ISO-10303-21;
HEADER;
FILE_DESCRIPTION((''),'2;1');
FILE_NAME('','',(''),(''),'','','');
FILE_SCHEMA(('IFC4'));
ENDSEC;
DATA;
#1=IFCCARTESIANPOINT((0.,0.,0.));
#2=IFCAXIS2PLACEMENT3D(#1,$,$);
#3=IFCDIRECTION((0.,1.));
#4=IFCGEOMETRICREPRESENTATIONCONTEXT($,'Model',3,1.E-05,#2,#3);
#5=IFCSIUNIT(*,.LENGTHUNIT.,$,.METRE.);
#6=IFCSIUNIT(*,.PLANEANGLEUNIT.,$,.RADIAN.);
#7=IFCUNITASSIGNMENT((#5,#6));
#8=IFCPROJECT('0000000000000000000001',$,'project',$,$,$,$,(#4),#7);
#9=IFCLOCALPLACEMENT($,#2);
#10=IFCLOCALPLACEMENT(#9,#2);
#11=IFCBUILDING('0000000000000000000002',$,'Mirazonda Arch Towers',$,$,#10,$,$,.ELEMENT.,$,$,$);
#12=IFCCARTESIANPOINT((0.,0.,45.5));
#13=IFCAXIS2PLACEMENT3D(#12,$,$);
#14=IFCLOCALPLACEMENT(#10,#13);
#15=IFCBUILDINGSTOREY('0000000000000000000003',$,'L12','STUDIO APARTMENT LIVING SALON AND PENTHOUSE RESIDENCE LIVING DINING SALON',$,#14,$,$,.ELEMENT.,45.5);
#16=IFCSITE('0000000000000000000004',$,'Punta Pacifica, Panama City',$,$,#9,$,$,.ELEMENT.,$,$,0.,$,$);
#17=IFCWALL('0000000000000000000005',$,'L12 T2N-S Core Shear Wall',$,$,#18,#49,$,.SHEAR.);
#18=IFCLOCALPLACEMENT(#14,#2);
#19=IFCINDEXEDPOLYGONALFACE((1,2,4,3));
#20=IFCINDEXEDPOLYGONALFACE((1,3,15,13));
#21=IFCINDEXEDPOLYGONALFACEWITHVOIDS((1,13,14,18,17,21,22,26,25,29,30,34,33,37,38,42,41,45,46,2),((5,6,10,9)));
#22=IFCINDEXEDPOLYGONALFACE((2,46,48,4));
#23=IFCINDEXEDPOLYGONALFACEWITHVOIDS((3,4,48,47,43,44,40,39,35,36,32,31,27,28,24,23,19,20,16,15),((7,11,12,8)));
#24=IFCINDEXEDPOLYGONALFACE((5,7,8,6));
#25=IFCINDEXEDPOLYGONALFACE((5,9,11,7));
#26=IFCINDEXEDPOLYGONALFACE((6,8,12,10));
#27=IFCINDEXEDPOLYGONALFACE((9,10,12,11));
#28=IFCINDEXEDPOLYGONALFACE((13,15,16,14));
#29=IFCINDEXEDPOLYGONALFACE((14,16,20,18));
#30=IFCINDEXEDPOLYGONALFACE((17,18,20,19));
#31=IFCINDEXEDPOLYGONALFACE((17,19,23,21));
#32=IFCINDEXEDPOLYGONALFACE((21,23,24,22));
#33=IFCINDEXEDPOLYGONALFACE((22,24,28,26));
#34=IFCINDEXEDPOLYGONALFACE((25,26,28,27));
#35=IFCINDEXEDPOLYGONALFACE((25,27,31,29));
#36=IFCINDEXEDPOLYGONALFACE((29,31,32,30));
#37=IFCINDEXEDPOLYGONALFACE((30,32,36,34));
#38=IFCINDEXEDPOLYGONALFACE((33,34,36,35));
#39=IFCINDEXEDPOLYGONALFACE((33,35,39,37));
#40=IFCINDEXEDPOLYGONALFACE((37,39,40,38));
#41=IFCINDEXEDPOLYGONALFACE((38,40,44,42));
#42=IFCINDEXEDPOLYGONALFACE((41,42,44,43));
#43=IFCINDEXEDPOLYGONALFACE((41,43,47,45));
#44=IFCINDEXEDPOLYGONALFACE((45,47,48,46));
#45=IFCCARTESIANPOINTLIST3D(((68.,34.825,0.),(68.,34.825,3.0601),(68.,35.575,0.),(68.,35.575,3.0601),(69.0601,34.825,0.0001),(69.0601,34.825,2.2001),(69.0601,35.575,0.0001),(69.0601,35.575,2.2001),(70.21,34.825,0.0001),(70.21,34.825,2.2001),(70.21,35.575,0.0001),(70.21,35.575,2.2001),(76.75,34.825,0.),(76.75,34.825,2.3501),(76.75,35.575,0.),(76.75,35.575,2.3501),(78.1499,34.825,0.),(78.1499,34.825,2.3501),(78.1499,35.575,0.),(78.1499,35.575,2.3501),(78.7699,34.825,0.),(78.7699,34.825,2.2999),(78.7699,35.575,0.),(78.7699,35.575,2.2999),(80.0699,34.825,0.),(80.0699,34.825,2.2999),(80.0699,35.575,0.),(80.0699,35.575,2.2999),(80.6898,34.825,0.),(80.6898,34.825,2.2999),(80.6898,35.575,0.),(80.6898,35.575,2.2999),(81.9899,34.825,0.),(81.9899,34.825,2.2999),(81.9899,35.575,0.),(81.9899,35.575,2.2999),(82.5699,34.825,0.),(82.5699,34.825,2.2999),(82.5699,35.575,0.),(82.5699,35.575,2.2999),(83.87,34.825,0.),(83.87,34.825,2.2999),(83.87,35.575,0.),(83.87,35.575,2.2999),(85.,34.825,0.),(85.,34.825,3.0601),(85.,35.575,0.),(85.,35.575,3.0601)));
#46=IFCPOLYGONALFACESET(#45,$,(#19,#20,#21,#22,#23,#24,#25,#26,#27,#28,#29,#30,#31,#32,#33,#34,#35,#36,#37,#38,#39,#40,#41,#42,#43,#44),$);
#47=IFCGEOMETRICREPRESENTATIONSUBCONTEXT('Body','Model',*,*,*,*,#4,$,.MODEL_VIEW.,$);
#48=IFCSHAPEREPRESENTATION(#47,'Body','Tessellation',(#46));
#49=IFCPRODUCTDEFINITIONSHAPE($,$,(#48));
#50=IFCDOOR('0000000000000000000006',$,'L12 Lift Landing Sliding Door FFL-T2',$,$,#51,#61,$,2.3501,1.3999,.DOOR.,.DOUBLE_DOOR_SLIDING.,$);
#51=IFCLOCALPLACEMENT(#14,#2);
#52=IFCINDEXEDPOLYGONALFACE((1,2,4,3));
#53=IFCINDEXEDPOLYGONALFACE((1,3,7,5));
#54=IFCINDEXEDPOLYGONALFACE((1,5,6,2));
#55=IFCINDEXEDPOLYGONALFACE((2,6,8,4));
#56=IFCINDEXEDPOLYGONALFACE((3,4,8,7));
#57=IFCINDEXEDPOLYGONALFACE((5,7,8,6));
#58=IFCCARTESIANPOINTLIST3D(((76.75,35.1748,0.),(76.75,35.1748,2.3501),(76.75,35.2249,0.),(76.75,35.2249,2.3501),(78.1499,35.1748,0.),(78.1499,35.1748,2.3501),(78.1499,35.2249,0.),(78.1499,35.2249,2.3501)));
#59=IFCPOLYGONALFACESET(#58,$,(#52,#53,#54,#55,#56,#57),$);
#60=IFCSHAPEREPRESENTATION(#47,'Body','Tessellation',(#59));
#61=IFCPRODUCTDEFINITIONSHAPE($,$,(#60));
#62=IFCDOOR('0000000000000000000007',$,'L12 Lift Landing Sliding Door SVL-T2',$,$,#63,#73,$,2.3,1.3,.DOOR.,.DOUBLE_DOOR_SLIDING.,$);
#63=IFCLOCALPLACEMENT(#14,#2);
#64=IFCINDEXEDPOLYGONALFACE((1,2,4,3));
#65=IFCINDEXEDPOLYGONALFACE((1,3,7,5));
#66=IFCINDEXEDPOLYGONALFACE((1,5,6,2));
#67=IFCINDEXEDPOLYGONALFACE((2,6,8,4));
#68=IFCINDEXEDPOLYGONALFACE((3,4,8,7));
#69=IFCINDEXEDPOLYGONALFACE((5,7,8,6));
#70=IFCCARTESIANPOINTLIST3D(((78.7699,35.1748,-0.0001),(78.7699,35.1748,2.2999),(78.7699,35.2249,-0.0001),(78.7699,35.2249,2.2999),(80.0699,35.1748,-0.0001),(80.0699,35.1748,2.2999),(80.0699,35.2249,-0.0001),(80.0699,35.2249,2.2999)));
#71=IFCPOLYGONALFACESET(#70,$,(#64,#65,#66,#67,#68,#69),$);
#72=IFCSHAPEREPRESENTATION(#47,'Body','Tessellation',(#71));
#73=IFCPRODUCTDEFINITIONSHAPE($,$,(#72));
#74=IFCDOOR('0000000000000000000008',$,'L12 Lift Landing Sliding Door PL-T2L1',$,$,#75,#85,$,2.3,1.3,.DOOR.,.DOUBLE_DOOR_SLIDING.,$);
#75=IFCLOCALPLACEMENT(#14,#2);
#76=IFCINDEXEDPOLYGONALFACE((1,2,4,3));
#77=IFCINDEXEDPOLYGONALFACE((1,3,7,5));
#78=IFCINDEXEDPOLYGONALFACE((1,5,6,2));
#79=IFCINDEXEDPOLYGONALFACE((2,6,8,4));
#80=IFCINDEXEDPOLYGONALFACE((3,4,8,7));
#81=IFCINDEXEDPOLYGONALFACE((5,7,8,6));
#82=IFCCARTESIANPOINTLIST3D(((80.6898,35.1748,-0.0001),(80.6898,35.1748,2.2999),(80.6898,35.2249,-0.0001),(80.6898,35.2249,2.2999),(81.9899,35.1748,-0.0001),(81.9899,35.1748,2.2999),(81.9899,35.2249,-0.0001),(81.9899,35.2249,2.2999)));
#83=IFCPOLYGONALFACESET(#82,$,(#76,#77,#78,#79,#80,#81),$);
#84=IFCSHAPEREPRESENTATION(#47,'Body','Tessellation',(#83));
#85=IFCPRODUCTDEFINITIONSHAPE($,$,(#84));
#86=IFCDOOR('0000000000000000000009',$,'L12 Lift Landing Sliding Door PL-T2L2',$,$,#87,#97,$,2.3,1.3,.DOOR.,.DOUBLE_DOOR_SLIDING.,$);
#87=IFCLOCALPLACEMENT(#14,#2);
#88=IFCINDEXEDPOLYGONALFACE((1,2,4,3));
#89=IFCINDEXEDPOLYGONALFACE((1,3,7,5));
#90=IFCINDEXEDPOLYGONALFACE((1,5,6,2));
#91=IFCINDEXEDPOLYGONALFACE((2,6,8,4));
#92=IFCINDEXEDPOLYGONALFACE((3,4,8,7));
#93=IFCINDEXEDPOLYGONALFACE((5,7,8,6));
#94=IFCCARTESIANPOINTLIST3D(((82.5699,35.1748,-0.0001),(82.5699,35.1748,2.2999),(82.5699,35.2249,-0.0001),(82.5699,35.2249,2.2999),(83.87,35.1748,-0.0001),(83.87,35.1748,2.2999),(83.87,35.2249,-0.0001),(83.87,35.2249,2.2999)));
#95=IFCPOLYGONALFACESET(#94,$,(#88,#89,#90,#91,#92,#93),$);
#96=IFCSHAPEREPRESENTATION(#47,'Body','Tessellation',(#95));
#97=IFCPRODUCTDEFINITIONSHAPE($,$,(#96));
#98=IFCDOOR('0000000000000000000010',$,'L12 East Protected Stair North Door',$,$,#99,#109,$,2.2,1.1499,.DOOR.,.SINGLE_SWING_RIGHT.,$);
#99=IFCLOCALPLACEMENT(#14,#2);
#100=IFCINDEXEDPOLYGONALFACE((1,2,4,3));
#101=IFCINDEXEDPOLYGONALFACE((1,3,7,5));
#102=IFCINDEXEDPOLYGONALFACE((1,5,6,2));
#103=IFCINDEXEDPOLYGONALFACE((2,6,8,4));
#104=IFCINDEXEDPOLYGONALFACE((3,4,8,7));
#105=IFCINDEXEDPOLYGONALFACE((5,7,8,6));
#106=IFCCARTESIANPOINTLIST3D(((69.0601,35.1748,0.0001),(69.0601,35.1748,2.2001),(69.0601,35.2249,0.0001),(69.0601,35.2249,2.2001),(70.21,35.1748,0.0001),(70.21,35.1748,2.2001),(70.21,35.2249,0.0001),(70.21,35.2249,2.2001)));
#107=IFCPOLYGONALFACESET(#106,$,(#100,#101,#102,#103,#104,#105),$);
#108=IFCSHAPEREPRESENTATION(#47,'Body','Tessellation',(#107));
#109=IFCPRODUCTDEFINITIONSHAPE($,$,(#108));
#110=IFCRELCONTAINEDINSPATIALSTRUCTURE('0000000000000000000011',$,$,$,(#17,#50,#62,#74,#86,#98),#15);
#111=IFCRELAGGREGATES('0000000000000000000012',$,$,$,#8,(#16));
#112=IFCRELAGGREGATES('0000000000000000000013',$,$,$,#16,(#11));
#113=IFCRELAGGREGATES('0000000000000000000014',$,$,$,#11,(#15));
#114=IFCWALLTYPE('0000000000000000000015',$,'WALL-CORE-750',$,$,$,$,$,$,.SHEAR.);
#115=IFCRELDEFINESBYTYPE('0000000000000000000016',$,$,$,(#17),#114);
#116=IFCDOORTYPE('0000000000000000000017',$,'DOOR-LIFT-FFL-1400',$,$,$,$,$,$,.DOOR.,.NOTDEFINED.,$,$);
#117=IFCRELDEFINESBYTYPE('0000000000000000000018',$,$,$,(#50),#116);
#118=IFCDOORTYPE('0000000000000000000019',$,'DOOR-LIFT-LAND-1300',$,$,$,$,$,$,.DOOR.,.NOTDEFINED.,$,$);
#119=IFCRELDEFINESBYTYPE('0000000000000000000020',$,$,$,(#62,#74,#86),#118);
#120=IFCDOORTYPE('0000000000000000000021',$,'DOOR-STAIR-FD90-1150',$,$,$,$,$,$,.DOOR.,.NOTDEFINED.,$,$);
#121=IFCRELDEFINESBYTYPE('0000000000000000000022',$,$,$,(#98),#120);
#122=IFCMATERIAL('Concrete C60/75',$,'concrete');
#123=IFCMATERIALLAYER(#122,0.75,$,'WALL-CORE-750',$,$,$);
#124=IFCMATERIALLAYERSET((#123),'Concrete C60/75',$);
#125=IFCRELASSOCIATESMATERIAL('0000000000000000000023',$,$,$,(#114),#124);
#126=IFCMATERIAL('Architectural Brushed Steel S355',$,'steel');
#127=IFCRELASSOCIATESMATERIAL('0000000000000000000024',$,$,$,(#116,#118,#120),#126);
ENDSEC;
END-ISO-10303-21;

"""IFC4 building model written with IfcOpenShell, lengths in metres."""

from ifc_helpers import new_model, si_unit, direction, frame, frame_2d, origin, place, context, subcontext, project, spatial, rectangle, extrude, material, layer, layer_set, type_object, element, fill, save


model = new_model("IFC4")

# Units and contexts
model_context = context("Model", 3, precision=1e-05, world=origin(), true_north=direction((0.0, 1.0)))
body_context = subcontext(model_context, "Body", "Model", "MODEL_VIEW")
ifc_project = project(units=[si_unit("LENGTHUNIT", "METRE"), si_unit("PLANEANGLEUNIT", "RADIAN")], contexts=[model_context])

# Site, building, storey
site_placement = place(None, origin())
site = spatial("IfcSite", under=ifc_project, at=site_placement, Name="Punta Pacifica, Panama City", CompositionType="ELEMENT", RefElevation=0.0)
building_placement = place(site_placement, origin())
building = spatial("IfcBuilding", under=site, at=building_placement, Name="Mirazonda Arch Towers", CompositionType="ELEMENT")
storey_placement = place(building_placement, frame((0.0, 0.0, 45.5)))
storey = spatial("IfcBuildingStorey", under=building, at=storey_placement, Name="L12", Description="STUDIO APARTMENT LIVING SALON AND PENTHOUSE RESIDENCE LIVING DINING SALON", CompositionType="ELEMENT", Elevation=45.5)

# Shared definitions
ifc_material_1 = material(Name="Concrete C60/75", Category="concrete")

# Shared definitions
ifc_layer_1 = layer(ifc_material_1, 0.75, Name="WALL-CORE-750")
ifc_layer_set_1 = layer_set([ifc_layer_1], Name="Concrete C60/75")
wall_type_1 = type_object("IfcWallType", Name="WALL-CORE-750", PredefinedType="SHEAR", material=ifc_layer_set_1)

# Wall, openings, doors
wall_1_placement = place(storey_placement, frame((68.0, 35.2, 0.0), z_axis=(0.0, 0.0, 1.0), x_axis=(1.0, 0.0, 0.0)))
wall_1 = element("IfcWall", 1, at=wall_1_placement, inside=storey, type_object=wall_type_1, Name="L12 T2N-S Core Shear Wall", PredefinedType="SHEAR", context=body_context, shape_type="SweptSolid", body=[
    extrude(rectangle(XDim=17.0, YDim=0.75, at=frame_2d((8.5, 0.0))), origin(), (0.0, 0.0, 1.0), 3.0601),
])
opening_1_placement = place(wall_1_placement, frame((1.0601, 0.0, 0.0)))
opening_1 = element("IfcOpeningElement", 2, at=opening_1_placement, cuts=wall_1, PredefinedType="OPENING", context=body_context, shape_type="SweptSolid", body=[
    extrude(rectangle(XDim=1.1499, YDim=2.2, at=frame_2d((0.575, 1.1001))), frame((0.0, 0.385, 0.0), z_axis=(0.0, -1.0, 0.0), x_axis=(1.0, 0.0, 0.0)), (0.0, 0.0, 1.0), 0.77),
])
opening_2_placement = place(wall_1_placement, frame((8.75, 0.0, 0.0)))
opening_2 = element("IfcOpeningElement", 3, at=opening_2_placement, cuts=wall_1, PredefinedType="OPENING", context=body_context, shape_type="SweptSolid", body=[
    extrude(rectangle(XDim=1.3999, YDim=2.3501, at=frame_2d((0.7, 1.175))), frame((0.0, 0.385, 0.0), z_axis=(0.0, -1.0, 0.0), x_axis=(1.0, 0.0, 0.0)), (0.0, 0.0, 1.0), 0.77),
])
opening_3_placement = place(wall_1_placement, frame((10.77, 0.0, 0.0)))
opening_3 = element("IfcOpeningElement", 4, at=opening_3_placement, cuts=wall_1, PredefinedType="OPENING", context=body_context, shape_type="SweptSolid", body=[
    extrude(rectangle(XDim=1.3, YDim=2.3, at=frame_2d((0.6499, 1.1499))), frame((0.0, 0.385, 0.0), z_axis=(0.0, -1.0, 0.0), x_axis=(1.0, 0.0, 0.0)), (0.0, 0.0, 1.0), 0.77),
])
opening_4_placement = place(wall_1_placement, frame((12.6899, 0.0, 0.0)))
opening_4 = element("IfcOpeningElement", 5, at=opening_4_placement, cuts=wall_1, PredefinedType="OPENING", context=body_context, shape_type="SweptSolid", body=[
    extrude(rectangle(XDim=1.3, YDim=2.3, at=frame_2d((0.6499, 1.1499))), frame((0.0, 0.385, 0.0), z_axis=(0.0, -1.0, 0.0), x_axis=(1.0, 0.0, 0.0)), (0.0, 0.0, 1.0), 0.77),
])
opening_5_placement = place(wall_1_placement, frame((14.5701, 0.0, 0.0)))
opening_5 = element("IfcOpeningElement", 6, at=opening_5_placement, cuts=wall_1, PredefinedType="OPENING", context=body_context, shape_type="SweptSolid", body=[
    extrude(rectangle(XDim=1.3, YDim=2.3, at=frame_2d((0.6499, 1.1499))), frame((0.0, 0.385, 0.0), z_axis=(0.0, -1.0, 0.0), x_axis=(1.0, 0.0, 0.0)), (0.0, 0.0, 1.0), 0.77),
])
ifc_material_2 = material(Name="Architectural Brushed Steel S355", Category="steel")
door_type_1 = type_object("IfcDoorType", Name="DOOR-LIFT-FFL-1400", OperationType="NOTDEFINED", PredefinedType="DOOR", material=ifc_material_2)
door_1_placement = place(opening_2_placement, origin())
door_1 = element("IfcDoor", 7, at=door_1_placement, inside=storey, type_object=door_type_1, Name="L12 Lift Landing Sliding Door FFL-T2", OperationType="DOUBLE_DOOR_SLIDING", OverallHeight=2.3501, OverallWidth=1.3999, PredefinedType="DOOR", context=body_context, shape_type="SweptSolid", body=[
    extrude(rectangle(XDim=1.3999, YDim=2.3501, at=frame_2d((0.7, 1.175))), frame((0.0, 0.0249, 0.0), z_axis=(0.0, -1.0, 0.0), x_axis=(1.0, 0.0, 0.0)), (0.0, 0.0, 1.0), 0.05),
])
fill(opening_2, door_1)
door_type_2 = type_object("IfcDoorType", Name="DOOR-LIFT-LAND-1300", OperationType="NOTDEFINED", PredefinedType="DOOR", material=ifc_material_2)
door_2_placement = place(opening_3_placement, origin())
door_2 = element("IfcDoor", 8, at=door_2_placement, inside=storey, type_object=door_type_2, Name="L12 Lift Landing Sliding Door SVL-T2", OperationType="DOUBLE_DOOR_SLIDING", OverallHeight=2.3, OverallWidth=1.3, PredefinedType="DOOR", context=body_context, shape_type="SweptSolid", body=[
    extrude(rectangle(XDim=1.3, YDim=2.3, at=frame_2d((0.6499, 1.1499))), frame((0.0, 0.0249, 0.0), z_axis=(0.0, -1.0, 0.0), x_axis=(1.0, 0.0, 0.0)), (0.0, 0.0, 1.0), 0.05),
])
fill(opening_3, door_2)
door_3_placement = place(opening_4_placement, origin())
door_3 = element("IfcDoor", 9, at=door_3_placement, inside=storey, type_object=door_type_2, Name="L12 Lift Landing Sliding Door PL-T2L1", OperationType="DOUBLE_DOOR_SLIDING", OverallHeight=2.3, OverallWidth=1.3, PredefinedType="DOOR", context=body_context, shape_type="SweptSolid", body=[
    extrude(rectangle(XDim=1.3, YDim=2.3, at=frame_2d((0.6499, 1.1499))), frame((0.0, 0.0249, 0.0), z_axis=(0.0, -1.0, 0.0), x_axis=(1.0, 0.0, 0.0)), (0.0, 0.0, 1.0), 0.05),
])
fill(opening_4, door_3)
door_4_placement = place(opening_5_placement, origin())
door_4 = element("IfcDoor", 10, at=door_4_placement, inside=storey, type_object=door_type_2, Name="L12 Lift Landing Sliding Door PL-T2L2", OperationType="DOUBLE_DOOR_SLIDING", OverallHeight=2.3, OverallWidth=1.3, PredefinedType="DOOR", context=body_context, shape_type="SweptSolid", body=[
    extrude(rectangle(XDim=1.3, YDim=2.3, at=frame_2d((0.6499, 1.1499))), frame((0.0, 0.0249, 0.0), z_axis=(0.0, -1.0, 0.0), x_axis=(1.0, 0.0, 0.0)), (0.0, 0.0, 1.0), 0.05),
])
fill(opening_5, door_4)
door_type_3 = type_object("IfcDoorType", Name="DOOR-STAIR-FD90-1150", OperationType="NOTDEFINED", PredefinedType="DOOR", material=ifc_material_2)
door_5_placement = place(opening_1_placement, origin())
door_5 = element("IfcDoor", 11, at=door_5_placement, inside=storey, type_object=door_type_3, Name="L12 East Protected Stair North Door", OperationType="SINGLE_SWING_RIGHT", OverallHeight=2.2, OverallWidth=1.1499, PredefinedType="DOOR", context=body_context, shape_type="SweptSolid", body=[
    extrude(rectangle(XDim=1.1499, YDim=2.2, at=frame_2d((0.575, 1.1001))), frame((0.0, 0.0249, 0.0), z_axis=(0.0, -1.0, 0.0), x_axis=(1.0, 0.0, 0.0)), (0.0, 0.0, 1.0), 0.05),
])
fill(opening_1, door_5)

save(model, "model.ifc")
